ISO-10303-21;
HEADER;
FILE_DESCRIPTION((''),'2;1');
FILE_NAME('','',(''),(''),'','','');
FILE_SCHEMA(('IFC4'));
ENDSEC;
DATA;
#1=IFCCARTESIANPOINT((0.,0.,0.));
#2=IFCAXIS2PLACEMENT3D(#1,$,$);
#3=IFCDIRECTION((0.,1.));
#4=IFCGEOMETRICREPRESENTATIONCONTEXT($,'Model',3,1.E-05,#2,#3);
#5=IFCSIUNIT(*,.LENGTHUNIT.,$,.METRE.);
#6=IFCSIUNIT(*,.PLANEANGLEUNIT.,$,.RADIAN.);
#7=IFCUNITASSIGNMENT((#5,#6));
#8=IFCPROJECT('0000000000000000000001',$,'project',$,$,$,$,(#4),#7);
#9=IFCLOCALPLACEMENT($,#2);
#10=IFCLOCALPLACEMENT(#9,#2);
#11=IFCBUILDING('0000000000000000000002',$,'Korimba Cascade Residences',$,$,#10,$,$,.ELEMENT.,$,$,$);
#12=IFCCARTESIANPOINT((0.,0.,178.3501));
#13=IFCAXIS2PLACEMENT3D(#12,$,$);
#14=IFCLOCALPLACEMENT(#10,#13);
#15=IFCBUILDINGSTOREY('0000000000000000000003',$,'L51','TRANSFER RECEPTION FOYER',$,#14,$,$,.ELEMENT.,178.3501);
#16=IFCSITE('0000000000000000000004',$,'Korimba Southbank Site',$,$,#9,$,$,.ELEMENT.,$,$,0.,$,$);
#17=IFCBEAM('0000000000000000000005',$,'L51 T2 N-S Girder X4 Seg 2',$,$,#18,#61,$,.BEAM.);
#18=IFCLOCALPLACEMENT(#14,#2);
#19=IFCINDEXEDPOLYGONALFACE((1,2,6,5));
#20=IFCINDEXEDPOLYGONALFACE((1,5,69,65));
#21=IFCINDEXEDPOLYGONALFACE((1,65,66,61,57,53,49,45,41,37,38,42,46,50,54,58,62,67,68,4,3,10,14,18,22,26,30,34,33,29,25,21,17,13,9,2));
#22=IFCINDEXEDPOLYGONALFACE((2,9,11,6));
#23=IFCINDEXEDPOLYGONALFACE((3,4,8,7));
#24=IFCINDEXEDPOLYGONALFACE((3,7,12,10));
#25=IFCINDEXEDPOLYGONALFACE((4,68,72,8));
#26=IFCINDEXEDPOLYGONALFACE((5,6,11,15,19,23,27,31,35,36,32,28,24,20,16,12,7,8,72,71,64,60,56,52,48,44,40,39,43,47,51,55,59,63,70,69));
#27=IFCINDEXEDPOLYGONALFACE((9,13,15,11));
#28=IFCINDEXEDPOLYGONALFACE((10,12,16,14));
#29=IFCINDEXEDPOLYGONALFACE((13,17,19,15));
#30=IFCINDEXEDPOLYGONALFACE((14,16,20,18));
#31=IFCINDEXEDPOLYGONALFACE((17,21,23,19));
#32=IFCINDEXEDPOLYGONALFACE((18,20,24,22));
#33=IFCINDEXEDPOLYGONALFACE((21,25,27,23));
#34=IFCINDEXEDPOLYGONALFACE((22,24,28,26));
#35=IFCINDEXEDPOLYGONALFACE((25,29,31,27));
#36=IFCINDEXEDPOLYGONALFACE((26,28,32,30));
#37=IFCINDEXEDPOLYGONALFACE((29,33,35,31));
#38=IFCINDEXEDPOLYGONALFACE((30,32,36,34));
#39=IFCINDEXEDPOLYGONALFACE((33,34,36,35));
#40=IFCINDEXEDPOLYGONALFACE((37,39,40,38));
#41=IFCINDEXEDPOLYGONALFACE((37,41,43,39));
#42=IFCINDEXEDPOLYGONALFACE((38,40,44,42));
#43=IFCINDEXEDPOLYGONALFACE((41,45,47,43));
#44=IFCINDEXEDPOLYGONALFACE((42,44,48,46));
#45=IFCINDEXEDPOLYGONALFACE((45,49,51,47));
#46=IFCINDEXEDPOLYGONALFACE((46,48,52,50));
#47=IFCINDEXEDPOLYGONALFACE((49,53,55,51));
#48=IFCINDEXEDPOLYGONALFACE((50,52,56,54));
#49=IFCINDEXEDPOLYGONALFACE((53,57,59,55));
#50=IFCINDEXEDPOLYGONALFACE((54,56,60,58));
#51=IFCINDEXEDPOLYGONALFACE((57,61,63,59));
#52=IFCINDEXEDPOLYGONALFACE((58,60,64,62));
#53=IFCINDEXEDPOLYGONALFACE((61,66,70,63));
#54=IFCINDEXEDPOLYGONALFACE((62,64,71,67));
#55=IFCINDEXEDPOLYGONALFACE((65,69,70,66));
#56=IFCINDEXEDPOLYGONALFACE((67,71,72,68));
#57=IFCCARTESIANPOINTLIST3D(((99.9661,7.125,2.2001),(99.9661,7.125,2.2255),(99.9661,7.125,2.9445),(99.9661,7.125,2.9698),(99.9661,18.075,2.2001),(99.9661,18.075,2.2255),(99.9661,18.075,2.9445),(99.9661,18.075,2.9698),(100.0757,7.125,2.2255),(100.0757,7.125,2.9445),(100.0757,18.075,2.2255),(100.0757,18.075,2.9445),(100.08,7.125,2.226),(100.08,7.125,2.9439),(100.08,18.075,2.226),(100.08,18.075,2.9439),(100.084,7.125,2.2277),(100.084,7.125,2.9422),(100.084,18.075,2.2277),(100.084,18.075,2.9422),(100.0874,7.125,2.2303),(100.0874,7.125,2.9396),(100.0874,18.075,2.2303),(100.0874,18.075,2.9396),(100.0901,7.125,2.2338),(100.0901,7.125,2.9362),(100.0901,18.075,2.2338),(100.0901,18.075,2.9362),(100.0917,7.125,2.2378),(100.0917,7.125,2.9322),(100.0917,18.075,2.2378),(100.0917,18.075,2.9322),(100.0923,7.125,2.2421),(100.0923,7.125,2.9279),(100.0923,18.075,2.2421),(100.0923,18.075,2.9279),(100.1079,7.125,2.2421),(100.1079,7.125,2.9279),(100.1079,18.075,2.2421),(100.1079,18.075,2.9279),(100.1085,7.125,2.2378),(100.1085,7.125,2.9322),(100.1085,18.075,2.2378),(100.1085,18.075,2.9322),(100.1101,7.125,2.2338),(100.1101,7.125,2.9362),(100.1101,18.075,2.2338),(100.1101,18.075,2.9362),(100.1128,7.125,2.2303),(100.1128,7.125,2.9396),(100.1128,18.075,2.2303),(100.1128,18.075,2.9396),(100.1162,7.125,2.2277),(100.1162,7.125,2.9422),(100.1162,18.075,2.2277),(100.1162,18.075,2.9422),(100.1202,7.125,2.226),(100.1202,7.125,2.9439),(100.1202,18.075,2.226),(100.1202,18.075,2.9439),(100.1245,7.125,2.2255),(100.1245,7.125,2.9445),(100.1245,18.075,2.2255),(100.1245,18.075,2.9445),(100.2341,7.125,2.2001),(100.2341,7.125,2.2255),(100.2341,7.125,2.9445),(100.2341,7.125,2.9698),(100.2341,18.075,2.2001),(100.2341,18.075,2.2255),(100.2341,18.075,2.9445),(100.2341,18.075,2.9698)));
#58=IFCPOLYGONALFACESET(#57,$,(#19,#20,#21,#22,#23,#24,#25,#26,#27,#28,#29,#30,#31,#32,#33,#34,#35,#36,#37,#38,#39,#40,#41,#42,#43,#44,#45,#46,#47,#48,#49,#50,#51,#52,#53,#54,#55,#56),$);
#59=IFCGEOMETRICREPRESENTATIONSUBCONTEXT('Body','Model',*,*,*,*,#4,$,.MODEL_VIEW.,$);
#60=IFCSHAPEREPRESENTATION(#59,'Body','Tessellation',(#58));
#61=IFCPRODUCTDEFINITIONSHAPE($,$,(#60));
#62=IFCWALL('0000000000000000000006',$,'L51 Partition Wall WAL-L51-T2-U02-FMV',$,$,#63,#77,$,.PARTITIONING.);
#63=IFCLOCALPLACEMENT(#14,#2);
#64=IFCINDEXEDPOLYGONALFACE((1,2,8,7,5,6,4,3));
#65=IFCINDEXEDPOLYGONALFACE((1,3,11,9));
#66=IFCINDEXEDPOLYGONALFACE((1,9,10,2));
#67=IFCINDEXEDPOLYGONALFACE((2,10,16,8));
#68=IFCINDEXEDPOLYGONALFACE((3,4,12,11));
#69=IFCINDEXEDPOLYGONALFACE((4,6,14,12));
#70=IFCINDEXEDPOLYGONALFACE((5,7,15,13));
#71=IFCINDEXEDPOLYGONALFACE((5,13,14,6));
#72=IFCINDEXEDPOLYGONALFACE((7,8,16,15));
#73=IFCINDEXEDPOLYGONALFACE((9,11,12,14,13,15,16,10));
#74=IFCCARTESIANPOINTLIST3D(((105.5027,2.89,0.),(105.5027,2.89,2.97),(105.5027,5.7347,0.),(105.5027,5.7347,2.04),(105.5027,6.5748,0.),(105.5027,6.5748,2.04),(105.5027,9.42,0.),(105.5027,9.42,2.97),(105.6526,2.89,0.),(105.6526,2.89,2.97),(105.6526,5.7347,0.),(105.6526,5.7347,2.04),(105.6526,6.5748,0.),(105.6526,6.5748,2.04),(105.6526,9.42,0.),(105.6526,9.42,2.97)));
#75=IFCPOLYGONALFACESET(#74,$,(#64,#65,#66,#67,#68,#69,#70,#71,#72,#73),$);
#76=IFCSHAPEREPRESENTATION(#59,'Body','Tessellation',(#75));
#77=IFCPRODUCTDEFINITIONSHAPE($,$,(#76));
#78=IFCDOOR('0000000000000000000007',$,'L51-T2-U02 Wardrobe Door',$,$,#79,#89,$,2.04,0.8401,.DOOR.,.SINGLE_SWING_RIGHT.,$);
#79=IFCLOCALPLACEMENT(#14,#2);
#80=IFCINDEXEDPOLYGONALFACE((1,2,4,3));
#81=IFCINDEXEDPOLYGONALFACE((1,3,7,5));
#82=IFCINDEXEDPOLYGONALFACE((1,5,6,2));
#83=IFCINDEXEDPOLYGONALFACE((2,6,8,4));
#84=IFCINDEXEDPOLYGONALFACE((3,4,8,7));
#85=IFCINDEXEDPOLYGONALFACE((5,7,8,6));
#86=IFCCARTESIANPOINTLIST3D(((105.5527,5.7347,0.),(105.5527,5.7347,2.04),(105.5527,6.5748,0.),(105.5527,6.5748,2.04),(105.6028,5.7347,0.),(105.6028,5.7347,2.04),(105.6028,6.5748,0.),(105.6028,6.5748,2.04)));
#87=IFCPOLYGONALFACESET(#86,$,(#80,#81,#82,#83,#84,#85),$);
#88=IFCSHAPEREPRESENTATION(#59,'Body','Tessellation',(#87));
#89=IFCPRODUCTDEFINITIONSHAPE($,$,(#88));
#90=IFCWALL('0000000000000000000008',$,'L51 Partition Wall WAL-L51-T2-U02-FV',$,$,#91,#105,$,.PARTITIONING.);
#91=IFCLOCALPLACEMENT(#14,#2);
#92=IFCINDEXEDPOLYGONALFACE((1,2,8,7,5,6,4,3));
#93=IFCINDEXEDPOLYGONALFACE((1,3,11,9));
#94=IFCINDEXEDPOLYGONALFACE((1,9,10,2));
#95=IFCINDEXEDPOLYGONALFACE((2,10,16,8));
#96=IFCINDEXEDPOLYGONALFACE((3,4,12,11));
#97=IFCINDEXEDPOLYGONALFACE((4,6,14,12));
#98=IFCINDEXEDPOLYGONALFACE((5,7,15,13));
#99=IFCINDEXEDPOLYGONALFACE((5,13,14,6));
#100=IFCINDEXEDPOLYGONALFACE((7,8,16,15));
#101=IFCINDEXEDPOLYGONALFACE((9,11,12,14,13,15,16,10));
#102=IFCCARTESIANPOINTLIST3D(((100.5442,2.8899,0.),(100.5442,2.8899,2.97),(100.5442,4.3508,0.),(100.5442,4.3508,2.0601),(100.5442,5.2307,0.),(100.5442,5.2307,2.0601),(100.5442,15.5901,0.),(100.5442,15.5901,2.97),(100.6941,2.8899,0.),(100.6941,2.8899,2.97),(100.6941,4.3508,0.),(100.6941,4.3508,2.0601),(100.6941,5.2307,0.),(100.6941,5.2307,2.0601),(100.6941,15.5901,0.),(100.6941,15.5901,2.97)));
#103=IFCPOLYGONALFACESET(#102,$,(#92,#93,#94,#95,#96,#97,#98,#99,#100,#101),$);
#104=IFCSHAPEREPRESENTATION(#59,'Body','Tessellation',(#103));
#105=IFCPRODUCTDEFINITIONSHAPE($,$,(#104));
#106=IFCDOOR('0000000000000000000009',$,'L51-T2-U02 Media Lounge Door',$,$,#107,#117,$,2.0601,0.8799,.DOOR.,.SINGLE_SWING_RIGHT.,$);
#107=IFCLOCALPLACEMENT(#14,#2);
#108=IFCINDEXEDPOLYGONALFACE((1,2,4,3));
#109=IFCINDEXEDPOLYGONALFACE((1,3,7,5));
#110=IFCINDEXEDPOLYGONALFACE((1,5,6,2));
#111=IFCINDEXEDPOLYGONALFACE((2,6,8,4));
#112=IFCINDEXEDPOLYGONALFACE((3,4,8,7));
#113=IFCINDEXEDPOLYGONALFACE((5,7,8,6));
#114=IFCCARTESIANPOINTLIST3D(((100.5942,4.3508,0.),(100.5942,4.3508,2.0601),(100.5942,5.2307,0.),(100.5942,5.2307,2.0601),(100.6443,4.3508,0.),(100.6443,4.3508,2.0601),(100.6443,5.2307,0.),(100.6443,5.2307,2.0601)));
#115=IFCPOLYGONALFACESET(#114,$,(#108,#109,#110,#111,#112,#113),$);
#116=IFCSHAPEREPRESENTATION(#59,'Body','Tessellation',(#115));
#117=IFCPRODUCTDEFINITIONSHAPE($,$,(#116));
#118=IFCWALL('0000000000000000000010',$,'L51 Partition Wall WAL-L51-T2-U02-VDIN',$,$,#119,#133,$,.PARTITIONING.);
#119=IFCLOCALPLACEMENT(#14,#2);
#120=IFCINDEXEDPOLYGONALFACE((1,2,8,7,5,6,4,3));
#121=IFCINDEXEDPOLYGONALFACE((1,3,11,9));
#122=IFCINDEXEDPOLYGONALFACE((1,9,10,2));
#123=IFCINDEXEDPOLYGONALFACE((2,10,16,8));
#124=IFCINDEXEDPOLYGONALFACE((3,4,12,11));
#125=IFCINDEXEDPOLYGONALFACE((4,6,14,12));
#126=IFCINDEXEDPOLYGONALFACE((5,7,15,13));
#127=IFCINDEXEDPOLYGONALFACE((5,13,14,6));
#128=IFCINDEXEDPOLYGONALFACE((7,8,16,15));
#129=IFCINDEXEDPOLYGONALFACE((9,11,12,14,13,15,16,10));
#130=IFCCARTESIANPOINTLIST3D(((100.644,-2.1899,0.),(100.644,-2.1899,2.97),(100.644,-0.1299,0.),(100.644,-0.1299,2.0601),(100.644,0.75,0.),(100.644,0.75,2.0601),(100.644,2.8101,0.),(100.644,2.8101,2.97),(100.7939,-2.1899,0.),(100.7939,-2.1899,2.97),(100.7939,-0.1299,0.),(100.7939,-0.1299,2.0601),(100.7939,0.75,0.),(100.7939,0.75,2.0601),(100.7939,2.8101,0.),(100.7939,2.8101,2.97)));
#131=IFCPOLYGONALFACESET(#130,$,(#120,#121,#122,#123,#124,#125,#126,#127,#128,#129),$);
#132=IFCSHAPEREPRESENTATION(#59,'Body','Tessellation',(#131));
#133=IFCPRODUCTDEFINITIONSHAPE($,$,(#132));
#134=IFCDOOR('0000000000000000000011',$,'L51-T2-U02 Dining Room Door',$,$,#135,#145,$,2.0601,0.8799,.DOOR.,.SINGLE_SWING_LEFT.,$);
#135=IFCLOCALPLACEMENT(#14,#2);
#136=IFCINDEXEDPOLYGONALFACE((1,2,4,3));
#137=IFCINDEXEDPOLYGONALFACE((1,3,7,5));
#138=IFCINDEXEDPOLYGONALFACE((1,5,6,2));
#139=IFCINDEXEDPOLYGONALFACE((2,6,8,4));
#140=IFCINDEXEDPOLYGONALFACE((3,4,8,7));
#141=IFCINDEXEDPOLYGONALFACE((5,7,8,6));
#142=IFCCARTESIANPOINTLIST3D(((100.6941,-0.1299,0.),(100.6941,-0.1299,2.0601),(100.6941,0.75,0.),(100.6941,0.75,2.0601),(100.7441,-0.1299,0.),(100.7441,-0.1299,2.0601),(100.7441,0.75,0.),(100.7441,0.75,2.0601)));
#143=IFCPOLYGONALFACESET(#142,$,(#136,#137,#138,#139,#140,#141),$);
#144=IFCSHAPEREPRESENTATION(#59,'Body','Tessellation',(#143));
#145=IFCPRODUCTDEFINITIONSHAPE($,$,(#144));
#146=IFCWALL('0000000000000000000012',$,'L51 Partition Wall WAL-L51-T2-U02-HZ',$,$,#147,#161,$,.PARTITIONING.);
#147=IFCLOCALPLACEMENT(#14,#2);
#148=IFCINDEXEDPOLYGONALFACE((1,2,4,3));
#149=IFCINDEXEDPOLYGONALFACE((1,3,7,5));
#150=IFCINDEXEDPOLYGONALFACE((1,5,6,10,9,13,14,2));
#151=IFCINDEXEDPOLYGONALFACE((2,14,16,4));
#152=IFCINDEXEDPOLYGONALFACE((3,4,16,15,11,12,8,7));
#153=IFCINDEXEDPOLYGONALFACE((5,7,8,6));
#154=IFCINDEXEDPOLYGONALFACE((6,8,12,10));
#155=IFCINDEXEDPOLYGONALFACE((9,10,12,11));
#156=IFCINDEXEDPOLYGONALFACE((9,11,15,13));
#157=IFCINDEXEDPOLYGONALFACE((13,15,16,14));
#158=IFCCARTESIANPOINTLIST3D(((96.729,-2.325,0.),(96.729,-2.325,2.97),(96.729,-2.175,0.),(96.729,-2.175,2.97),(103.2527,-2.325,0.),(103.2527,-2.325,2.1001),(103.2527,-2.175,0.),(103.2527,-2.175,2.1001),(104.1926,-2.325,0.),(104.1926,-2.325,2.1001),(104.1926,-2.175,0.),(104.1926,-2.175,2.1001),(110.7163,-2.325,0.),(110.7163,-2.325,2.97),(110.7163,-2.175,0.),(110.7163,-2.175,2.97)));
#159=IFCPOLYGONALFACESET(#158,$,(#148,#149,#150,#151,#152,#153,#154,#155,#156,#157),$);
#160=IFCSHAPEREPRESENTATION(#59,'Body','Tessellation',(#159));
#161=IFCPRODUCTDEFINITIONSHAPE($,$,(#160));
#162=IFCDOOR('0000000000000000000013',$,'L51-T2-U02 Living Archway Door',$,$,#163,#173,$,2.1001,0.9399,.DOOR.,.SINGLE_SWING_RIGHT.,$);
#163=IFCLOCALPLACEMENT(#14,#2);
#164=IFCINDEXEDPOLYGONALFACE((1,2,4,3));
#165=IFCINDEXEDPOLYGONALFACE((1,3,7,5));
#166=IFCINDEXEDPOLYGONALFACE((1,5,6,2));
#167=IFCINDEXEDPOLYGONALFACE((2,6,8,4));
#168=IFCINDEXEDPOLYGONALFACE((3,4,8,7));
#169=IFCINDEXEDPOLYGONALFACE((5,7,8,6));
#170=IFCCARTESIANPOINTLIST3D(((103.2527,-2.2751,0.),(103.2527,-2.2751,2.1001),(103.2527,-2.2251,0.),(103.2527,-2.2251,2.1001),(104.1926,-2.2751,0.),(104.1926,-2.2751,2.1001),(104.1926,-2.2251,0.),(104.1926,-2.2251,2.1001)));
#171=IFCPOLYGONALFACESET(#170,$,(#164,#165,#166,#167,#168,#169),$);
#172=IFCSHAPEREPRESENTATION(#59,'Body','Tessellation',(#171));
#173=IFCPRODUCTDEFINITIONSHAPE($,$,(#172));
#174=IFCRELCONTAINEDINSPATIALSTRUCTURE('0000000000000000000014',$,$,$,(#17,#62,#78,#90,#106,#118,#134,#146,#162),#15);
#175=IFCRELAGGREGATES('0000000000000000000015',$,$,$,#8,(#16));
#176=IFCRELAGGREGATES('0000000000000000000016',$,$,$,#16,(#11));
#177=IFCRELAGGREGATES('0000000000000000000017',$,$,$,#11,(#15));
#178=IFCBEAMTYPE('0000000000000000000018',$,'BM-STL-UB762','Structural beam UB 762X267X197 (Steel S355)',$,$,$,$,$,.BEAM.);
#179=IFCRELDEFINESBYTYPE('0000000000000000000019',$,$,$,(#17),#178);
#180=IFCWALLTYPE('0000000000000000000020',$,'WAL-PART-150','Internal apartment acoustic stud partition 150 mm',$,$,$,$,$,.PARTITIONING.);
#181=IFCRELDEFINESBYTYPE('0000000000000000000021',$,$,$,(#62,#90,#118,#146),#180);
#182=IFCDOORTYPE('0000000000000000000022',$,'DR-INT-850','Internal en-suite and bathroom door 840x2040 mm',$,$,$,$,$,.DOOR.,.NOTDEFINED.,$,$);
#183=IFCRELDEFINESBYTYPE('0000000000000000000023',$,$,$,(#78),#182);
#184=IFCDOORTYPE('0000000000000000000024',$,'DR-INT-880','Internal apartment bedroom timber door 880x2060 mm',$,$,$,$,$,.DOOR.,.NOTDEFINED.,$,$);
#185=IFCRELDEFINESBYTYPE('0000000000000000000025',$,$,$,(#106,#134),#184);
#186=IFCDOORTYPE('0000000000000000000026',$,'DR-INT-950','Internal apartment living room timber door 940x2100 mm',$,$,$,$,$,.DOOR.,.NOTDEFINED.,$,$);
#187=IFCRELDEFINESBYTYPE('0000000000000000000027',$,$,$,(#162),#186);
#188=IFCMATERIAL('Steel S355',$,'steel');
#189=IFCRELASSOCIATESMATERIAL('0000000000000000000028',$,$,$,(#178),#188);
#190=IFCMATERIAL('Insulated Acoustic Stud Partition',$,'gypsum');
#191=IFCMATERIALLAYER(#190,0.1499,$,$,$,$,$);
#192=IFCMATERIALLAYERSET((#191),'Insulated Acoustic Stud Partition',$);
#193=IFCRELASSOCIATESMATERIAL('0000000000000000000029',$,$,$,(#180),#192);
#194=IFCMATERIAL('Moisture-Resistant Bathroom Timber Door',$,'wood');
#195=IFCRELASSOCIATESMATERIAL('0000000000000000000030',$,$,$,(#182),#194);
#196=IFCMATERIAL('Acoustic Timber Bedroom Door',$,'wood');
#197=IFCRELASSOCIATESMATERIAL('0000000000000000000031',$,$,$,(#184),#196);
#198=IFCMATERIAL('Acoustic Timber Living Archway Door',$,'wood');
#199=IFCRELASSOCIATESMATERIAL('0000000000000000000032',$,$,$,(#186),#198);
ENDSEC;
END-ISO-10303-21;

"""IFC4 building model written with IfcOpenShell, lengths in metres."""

from ifc_helpers import new_model, si_unit, direction, frame, frame_2d, origin, origin_2d, place, context, subcontext, project, spatial, rectangle, i_section, extrude, material, layer, layer_set, material_profile, profile_set, type_object, element, fill, save


model = new_model("IFC4")

# Units and contexts
model_context = context("Model", 3, precision=1e-05, world=origin(), true_north=direction((0.0, 1.0)))
body_context = subcontext(model_context, "Body", "Model", "MODEL_VIEW")
ifc_project = project(units=[si_unit("LENGTHUNIT", "METRE"), si_unit("PLANEANGLEUNIT", "RADIAN")], contexts=[model_context])

# Site, building, storey
site_placement = place(None, origin())
site = spatial("IfcSite", under=ifc_project, at=site_placement, Name="Korimba Southbank Site", CompositionType="ELEMENT", RefElevation=0.0)
building_placement = place(site_placement, origin())
building = spatial("IfcBuilding", under=site, at=building_placement, Name="Korimba Cascade Residences", CompositionType="ELEMENT")
storey_placement = place(building_placement, frame((0.0, 0.0, 178.3501)))
storey = spatial("IfcBuildingStorey", under=building, at=storey_placement, Name="L51", Description="TRANSFER RECEPTION FOYER", CompositionType="ELEMENT", Elevation=178.3501)

# Beam
ifc_material_1 = material(Name="Steel S355", Category="steel")
ifc_material_profile_1 = material_profile(ifc_material_1, i_section(OverallWidth=0.2681, OverallDepth=0.7698, WebThickness=0.0156, FlangeThickness=0.0254, FilletRadius=0.0166, at=origin_2d()), Name="Steel S355")
ifc_profile_set_1 = profile_set([ifc_material_profile_1], Name="Steel S355")
beam_type_1 = type_object("IfcBeamType", Name="BM-STL-UB762", Description="Structural beam UB 762X267X197 (Steel S355)", PredefinedType="BEAM", material=ifc_profile_set_1)
beam_1_placement = place(storey_placement, frame((100.1001, 7.125, 2.585), z_axis=(0.0, 1.0, 0.0), x_axis=(-1.0, 0.0, 0.0)))
element("IfcBeam", 1, at=beam_1_placement, inside=storey, type_object=beam_type_1, Name="L51 T2 N-S Girder X4 Seg 2", PredefinedType="BEAM", context=body_context, shape_type="SweptSolid", body=[
    extrude(i_section(OverallWidth=0.2681, OverallDepth=0.7698, WebThickness=0.0156, FlangeThickness=0.0254, FilletRadius=0.0166, at=origin_2d()), origin(), (0.0, 0.0, 1.0), 10.95),
])

# Walls, openings, doors
ifc_material_2 = material(Name="Insulated Acoustic Stud Partition", Category="gypsum")
ifc_layer = layer(ifc_material_2, 0.1499)
ifc_layer_set = layer_set([ifc_layer], Name="Insulated Acoustic Stud Partition")
wall_type = type_object("IfcWallType", Name="WAL-PART-150", Description="Internal apartment acoustic stud partition 150 mm", PredefinedType="PARTITIONING", material=ifc_layer_set)
wall_1_placement = place(storey_placement, frame((105.5776, 2.8899, 0.0), z_axis=(0.0, 0.0, 1.0), x_axis=(0.0, 1.0, 0.0)))
wall_1 = element("IfcWall", 2, at=wall_1_placement, inside=storey, type_object=wall_type, Name="L51 Partition Wall WAL-L51-T2-U02-FMV", PredefinedType="PARTITIONING", context=body_context, shape_type="SweptSolid", body=[
    extrude(rectangle(XDim=6.53, YDim=0.1499, at=frame_2d((3.2651, 0.0))), origin(), (0.0, 0.0, 1.0), 2.97),
])
opening_1_placement = place(wall_1_placement, frame((2.845, 0.0, 0.0)))
opening_1 = element("IfcOpeningElement", 3, at=opening_1_placement, cuts=wall_1, PredefinedType="OPENING", context=body_context, shape_type="SweptSolid", body=[
    extrude(rectangle(XDim=0.8401, YDim=2.04, at=frame_2d((0.4199, 1.02))), frame((0.0, 0.085, 0.0), z_axis=(0.0, -1.0, 0.0), x_axis=(1.0, 0.0, 0.0)), (0.0, 0.0, 1.0), 0.1699),
])
ifc_material_3 = material(Name="Moisture-Resistant Bathroom Timber Door", Category="wood")
door_type_1 = type_object("IfcDoorType", Name="DR-INT-850", Description="Internal en-suite and bathroom door 840x2040 mm", OperationType="NOTDEFINED", PredefinedType="DOOR", material=ifc_material_3)
door_1_placement = place(opening_1_placement, origin())
door_1 = element("IfcDoor", 4, at=door_1_placement, inside=storey, type_object=door_type_1, Name="L51-T2-U02 Wardrobe Door", OperationType="SINGLE_SWING_RIGHT", OverallHeight=2.04, OverallWidth=0.8401, PredefinedType="DOOR", context=body_context, shape_type="SweptSolid", body=[
    extrude(rectangle(XDim=0.8401, YDim=2.04, at=frame_2d((0.4199, 1.02))), frame((0.0, 0.0249, 0.0), z_axis=(0.0, -1.0, 0.0), x_axis=(1.0, 0.0, 0.0)), (0.0, 0.0, 1.0), 0.05),
])
fill(opening_1, door_1)
wall_2_placement = place(storey_placement, frame((100.6191, 2.8899, 0.0), z_axis=(0.0, 0.0, 1.0), x_axis=(0.0, 1.0, 0.0)))
wall_2 = element("IfcWall", 5, at=wall_2_placement, inside=storey, type_object=wall_type, Name="L51 Partition Wall WAL-L51-T2-U02-FV", PredefinedType="PARTITIONING", context=body_context, shape_type="SweptSolid", body=[
    extrude(rectangle(XDim=12.7002, YDim=0.1499, at=frame_2d((6.3501, 0.0))), origin(), (0.0, 0.0, 1.0), 2.97),
])
opening_2_placement = place(wall_2_placement, frame((1.4609, 0.0, 0.0)))
opening_2 = element("IfcOpeningElement", 6, at=opening_2_placement, cuts=wall_2, PredefinedType="OPENING", context=body_context, shape_type="SweptSolid", body=[
    extrude(rectangle(XDim=0.8799, YDim=2.0601, at=frame_2d((0.4399, 1.03))), frame((0.0, 0.085, 0.0), z_axis=(0.0, -1.0, 0.0), x_axis=(1.0, 0.0, 0.0)), (0.0, 0.0, 1.0), 0.1699),
])
ifc_material_4 = material(Name="Acoustic Timber Bedroom Door", Category="wood")
door_type_2 = type_object("IfcDoorType", Name="DR-INT-880", Description="Internal apartment bedroom timber door 880x2060 mm", OperationType="NOTDEFINED", PredefinedType="DOOR", material=ifc_material_4)
door_2_placement = place(opening_2_placement, origin())
door_2 = element("IfcDoor", 7, at=door_2_placement, inside=storey, type_object=door_type_2, Name="L51-T2-U02 Media Lounge Door", OperationType="SINGLE_SWING_RIGHT", OverallHeight=2.0601, OverallWidth=0.8799, PredefinedType="DOOR", context=body_context, shape_type="SweptSolid", body=[
    extrude(rectangle(XDim=0.8799, YDim=2.0601, at=frame_2d((0.4399, 1.03))), frame((0.0, 0.0249, 0.0), z_axis=(0.0, -1.0, 0.0), x_axis=(1.0, 0.0, 0.0)), (0.0, 0.0, 1.0), 0.05),
])
fill(opening_2, door_2)
wall_3_placement = place(storey_placement, frame((100.719, -2.1899, 0.0), z_axis=(0.0, 0.0, 1.0), x_axis=(0.0, 1.0, 0.0)))
wall_3 = element("IfcWall", 8, at=wall_3_placement, inside=storey, type_object=wall_type, Name="L51 Partition Wall WAL-L51-T2-U02-VDIN", PredefinedType="PARTITIONING", context=body_context, shape_type="SweptSolid", body=[
    extrude(rectangle(XDim=5.0, YDim=0.1499, at=frame_2d((2.5, 0.0))), origin(), (0.0, 0.0, 1.0), 2.97),
])
opening_3_placement = place(wall_3_placement, frame((2.0601, 0.0, 0.0)))
opening_3 = element("IfcOpeningElement", 9, at=opening_3_placement, cuts=wall_3, PredefinedType="OPENING", context=body_context, shape_type="SweptSolid", body=[
    extrude(rectangle(XDim=0.8799, YDim=2.0601, at=frame_2d((0.4399, 1.03))), frame((0.0, 0.085, 0.0), z_axis=(0.0, -1.0, 0.0), x_axis=(1.0, 0.0, 0.0)), (0.0, 0.0, 1.0), 0.1699),
])
door_3_placement = place(opening_3_placement, origin())
door_3 = element("IfcDoor", 10, at=door_3_placement, inside=storey, type_object=door_type_2, Name="L51-T2-U02 Dining Room Door", OperationType="SINGLE_SWING_LEFT", OverallHeight=2.0601, OverallWidth=0.8799, PredefinedType="DOOR", context=body_context, shape_type="SweptSolid", body=[
    extrude(rectangle(XDim=0.8799, YDim=2.0601, at=frame_2d((0.4399, 1.03))), frame((0.0, 0.0249, 0.0), z_axis=(0.0, -1.0, 0.0), x_axis=(1.0, 0.0, 0.0)), (0.0, 0.0, 1.0), 0.05),
])
fill(opening_3, door_3)
wall_4_placement = place(storey_placement, frame((96.729, -2.25, 0.0), z_axis=(0.0, 0.0, 1.0), x_axis=(1.0, 0.0, 0.0)))
wall_4 = element("IfcWall", 11, at=wall_4_placement, inside=storey, type_object=wall_type, Name="L51 Partition Wall WAL-L51-T2-U02-HZ", PredefinedType="PARTITIONING", context=body_context, shape_type="SweptSolid", body=[
    extrude(rectangle(XDim=13.9873, YDim=0.1499, at=frame_2d((6.9937, 0.0))), origin(), (0.0, 0.0, 1.0), 2.97),
])
opening_4_placement = place(wall_4_placement, frame((6.5237, 0.0, 0.0)))
opening_4 = element("IfcOpeningElement", 12, at=opening_4_placement, cuts=wall_4, PredefinedType="OPENING", context=body_context, shape_type="SweptSolid", body=[
    extrude(rectangle(XDim=0.9399, YDim=2.1001, at=frame_2d((0.47, 1.05))), frame((0.0, 0.085, 0.0), z_axis=(0.0, -1.0, 0.0), x_axis=(1.0, 0.0, 0.0)), (0.0, 0.0, 1.0), 0.1699),
])
ifc_material_5 = material(Name="Acoustic Timber Living Archway Door", Category="wood")
door_type_3 = type_object("IfcDoorType", Name="DR-INT-950", Description="Internal apartment living room timber door 940x2100 mm", OperationType="NOTDEFINED", PredefinedType="DOOR", material=ifc_material_5)
door_4_placement = place(opening_4_placement, origin())
door_4 = element("IfcDoor", 13, at=door_4_placement, inside=storey, type_object=door_type_3, Name="L51-T2-U02 Living Archway Door", OperationType="SINGLE_SWING_RIGHT", OverallHeight=2.1001, OverallWidth=0.9399, PredefinedType="DOOR", context=body_context, shape_type="SweptSolid", body=[
    extrude(rectangle(XDim=0.9399, YDim=2.1001, at=frame_2d((0.47, 1.05))), frame((0.0, 0.0249, 0.0), z_axis=(0.0, -1.0, 0.0), x_axis=(1.0, 0.0, 0.0)), (0.0, 0.0, 1.0), 0.05),
])
fill(opening_4, door_4)

save(model, "model.ifc")
